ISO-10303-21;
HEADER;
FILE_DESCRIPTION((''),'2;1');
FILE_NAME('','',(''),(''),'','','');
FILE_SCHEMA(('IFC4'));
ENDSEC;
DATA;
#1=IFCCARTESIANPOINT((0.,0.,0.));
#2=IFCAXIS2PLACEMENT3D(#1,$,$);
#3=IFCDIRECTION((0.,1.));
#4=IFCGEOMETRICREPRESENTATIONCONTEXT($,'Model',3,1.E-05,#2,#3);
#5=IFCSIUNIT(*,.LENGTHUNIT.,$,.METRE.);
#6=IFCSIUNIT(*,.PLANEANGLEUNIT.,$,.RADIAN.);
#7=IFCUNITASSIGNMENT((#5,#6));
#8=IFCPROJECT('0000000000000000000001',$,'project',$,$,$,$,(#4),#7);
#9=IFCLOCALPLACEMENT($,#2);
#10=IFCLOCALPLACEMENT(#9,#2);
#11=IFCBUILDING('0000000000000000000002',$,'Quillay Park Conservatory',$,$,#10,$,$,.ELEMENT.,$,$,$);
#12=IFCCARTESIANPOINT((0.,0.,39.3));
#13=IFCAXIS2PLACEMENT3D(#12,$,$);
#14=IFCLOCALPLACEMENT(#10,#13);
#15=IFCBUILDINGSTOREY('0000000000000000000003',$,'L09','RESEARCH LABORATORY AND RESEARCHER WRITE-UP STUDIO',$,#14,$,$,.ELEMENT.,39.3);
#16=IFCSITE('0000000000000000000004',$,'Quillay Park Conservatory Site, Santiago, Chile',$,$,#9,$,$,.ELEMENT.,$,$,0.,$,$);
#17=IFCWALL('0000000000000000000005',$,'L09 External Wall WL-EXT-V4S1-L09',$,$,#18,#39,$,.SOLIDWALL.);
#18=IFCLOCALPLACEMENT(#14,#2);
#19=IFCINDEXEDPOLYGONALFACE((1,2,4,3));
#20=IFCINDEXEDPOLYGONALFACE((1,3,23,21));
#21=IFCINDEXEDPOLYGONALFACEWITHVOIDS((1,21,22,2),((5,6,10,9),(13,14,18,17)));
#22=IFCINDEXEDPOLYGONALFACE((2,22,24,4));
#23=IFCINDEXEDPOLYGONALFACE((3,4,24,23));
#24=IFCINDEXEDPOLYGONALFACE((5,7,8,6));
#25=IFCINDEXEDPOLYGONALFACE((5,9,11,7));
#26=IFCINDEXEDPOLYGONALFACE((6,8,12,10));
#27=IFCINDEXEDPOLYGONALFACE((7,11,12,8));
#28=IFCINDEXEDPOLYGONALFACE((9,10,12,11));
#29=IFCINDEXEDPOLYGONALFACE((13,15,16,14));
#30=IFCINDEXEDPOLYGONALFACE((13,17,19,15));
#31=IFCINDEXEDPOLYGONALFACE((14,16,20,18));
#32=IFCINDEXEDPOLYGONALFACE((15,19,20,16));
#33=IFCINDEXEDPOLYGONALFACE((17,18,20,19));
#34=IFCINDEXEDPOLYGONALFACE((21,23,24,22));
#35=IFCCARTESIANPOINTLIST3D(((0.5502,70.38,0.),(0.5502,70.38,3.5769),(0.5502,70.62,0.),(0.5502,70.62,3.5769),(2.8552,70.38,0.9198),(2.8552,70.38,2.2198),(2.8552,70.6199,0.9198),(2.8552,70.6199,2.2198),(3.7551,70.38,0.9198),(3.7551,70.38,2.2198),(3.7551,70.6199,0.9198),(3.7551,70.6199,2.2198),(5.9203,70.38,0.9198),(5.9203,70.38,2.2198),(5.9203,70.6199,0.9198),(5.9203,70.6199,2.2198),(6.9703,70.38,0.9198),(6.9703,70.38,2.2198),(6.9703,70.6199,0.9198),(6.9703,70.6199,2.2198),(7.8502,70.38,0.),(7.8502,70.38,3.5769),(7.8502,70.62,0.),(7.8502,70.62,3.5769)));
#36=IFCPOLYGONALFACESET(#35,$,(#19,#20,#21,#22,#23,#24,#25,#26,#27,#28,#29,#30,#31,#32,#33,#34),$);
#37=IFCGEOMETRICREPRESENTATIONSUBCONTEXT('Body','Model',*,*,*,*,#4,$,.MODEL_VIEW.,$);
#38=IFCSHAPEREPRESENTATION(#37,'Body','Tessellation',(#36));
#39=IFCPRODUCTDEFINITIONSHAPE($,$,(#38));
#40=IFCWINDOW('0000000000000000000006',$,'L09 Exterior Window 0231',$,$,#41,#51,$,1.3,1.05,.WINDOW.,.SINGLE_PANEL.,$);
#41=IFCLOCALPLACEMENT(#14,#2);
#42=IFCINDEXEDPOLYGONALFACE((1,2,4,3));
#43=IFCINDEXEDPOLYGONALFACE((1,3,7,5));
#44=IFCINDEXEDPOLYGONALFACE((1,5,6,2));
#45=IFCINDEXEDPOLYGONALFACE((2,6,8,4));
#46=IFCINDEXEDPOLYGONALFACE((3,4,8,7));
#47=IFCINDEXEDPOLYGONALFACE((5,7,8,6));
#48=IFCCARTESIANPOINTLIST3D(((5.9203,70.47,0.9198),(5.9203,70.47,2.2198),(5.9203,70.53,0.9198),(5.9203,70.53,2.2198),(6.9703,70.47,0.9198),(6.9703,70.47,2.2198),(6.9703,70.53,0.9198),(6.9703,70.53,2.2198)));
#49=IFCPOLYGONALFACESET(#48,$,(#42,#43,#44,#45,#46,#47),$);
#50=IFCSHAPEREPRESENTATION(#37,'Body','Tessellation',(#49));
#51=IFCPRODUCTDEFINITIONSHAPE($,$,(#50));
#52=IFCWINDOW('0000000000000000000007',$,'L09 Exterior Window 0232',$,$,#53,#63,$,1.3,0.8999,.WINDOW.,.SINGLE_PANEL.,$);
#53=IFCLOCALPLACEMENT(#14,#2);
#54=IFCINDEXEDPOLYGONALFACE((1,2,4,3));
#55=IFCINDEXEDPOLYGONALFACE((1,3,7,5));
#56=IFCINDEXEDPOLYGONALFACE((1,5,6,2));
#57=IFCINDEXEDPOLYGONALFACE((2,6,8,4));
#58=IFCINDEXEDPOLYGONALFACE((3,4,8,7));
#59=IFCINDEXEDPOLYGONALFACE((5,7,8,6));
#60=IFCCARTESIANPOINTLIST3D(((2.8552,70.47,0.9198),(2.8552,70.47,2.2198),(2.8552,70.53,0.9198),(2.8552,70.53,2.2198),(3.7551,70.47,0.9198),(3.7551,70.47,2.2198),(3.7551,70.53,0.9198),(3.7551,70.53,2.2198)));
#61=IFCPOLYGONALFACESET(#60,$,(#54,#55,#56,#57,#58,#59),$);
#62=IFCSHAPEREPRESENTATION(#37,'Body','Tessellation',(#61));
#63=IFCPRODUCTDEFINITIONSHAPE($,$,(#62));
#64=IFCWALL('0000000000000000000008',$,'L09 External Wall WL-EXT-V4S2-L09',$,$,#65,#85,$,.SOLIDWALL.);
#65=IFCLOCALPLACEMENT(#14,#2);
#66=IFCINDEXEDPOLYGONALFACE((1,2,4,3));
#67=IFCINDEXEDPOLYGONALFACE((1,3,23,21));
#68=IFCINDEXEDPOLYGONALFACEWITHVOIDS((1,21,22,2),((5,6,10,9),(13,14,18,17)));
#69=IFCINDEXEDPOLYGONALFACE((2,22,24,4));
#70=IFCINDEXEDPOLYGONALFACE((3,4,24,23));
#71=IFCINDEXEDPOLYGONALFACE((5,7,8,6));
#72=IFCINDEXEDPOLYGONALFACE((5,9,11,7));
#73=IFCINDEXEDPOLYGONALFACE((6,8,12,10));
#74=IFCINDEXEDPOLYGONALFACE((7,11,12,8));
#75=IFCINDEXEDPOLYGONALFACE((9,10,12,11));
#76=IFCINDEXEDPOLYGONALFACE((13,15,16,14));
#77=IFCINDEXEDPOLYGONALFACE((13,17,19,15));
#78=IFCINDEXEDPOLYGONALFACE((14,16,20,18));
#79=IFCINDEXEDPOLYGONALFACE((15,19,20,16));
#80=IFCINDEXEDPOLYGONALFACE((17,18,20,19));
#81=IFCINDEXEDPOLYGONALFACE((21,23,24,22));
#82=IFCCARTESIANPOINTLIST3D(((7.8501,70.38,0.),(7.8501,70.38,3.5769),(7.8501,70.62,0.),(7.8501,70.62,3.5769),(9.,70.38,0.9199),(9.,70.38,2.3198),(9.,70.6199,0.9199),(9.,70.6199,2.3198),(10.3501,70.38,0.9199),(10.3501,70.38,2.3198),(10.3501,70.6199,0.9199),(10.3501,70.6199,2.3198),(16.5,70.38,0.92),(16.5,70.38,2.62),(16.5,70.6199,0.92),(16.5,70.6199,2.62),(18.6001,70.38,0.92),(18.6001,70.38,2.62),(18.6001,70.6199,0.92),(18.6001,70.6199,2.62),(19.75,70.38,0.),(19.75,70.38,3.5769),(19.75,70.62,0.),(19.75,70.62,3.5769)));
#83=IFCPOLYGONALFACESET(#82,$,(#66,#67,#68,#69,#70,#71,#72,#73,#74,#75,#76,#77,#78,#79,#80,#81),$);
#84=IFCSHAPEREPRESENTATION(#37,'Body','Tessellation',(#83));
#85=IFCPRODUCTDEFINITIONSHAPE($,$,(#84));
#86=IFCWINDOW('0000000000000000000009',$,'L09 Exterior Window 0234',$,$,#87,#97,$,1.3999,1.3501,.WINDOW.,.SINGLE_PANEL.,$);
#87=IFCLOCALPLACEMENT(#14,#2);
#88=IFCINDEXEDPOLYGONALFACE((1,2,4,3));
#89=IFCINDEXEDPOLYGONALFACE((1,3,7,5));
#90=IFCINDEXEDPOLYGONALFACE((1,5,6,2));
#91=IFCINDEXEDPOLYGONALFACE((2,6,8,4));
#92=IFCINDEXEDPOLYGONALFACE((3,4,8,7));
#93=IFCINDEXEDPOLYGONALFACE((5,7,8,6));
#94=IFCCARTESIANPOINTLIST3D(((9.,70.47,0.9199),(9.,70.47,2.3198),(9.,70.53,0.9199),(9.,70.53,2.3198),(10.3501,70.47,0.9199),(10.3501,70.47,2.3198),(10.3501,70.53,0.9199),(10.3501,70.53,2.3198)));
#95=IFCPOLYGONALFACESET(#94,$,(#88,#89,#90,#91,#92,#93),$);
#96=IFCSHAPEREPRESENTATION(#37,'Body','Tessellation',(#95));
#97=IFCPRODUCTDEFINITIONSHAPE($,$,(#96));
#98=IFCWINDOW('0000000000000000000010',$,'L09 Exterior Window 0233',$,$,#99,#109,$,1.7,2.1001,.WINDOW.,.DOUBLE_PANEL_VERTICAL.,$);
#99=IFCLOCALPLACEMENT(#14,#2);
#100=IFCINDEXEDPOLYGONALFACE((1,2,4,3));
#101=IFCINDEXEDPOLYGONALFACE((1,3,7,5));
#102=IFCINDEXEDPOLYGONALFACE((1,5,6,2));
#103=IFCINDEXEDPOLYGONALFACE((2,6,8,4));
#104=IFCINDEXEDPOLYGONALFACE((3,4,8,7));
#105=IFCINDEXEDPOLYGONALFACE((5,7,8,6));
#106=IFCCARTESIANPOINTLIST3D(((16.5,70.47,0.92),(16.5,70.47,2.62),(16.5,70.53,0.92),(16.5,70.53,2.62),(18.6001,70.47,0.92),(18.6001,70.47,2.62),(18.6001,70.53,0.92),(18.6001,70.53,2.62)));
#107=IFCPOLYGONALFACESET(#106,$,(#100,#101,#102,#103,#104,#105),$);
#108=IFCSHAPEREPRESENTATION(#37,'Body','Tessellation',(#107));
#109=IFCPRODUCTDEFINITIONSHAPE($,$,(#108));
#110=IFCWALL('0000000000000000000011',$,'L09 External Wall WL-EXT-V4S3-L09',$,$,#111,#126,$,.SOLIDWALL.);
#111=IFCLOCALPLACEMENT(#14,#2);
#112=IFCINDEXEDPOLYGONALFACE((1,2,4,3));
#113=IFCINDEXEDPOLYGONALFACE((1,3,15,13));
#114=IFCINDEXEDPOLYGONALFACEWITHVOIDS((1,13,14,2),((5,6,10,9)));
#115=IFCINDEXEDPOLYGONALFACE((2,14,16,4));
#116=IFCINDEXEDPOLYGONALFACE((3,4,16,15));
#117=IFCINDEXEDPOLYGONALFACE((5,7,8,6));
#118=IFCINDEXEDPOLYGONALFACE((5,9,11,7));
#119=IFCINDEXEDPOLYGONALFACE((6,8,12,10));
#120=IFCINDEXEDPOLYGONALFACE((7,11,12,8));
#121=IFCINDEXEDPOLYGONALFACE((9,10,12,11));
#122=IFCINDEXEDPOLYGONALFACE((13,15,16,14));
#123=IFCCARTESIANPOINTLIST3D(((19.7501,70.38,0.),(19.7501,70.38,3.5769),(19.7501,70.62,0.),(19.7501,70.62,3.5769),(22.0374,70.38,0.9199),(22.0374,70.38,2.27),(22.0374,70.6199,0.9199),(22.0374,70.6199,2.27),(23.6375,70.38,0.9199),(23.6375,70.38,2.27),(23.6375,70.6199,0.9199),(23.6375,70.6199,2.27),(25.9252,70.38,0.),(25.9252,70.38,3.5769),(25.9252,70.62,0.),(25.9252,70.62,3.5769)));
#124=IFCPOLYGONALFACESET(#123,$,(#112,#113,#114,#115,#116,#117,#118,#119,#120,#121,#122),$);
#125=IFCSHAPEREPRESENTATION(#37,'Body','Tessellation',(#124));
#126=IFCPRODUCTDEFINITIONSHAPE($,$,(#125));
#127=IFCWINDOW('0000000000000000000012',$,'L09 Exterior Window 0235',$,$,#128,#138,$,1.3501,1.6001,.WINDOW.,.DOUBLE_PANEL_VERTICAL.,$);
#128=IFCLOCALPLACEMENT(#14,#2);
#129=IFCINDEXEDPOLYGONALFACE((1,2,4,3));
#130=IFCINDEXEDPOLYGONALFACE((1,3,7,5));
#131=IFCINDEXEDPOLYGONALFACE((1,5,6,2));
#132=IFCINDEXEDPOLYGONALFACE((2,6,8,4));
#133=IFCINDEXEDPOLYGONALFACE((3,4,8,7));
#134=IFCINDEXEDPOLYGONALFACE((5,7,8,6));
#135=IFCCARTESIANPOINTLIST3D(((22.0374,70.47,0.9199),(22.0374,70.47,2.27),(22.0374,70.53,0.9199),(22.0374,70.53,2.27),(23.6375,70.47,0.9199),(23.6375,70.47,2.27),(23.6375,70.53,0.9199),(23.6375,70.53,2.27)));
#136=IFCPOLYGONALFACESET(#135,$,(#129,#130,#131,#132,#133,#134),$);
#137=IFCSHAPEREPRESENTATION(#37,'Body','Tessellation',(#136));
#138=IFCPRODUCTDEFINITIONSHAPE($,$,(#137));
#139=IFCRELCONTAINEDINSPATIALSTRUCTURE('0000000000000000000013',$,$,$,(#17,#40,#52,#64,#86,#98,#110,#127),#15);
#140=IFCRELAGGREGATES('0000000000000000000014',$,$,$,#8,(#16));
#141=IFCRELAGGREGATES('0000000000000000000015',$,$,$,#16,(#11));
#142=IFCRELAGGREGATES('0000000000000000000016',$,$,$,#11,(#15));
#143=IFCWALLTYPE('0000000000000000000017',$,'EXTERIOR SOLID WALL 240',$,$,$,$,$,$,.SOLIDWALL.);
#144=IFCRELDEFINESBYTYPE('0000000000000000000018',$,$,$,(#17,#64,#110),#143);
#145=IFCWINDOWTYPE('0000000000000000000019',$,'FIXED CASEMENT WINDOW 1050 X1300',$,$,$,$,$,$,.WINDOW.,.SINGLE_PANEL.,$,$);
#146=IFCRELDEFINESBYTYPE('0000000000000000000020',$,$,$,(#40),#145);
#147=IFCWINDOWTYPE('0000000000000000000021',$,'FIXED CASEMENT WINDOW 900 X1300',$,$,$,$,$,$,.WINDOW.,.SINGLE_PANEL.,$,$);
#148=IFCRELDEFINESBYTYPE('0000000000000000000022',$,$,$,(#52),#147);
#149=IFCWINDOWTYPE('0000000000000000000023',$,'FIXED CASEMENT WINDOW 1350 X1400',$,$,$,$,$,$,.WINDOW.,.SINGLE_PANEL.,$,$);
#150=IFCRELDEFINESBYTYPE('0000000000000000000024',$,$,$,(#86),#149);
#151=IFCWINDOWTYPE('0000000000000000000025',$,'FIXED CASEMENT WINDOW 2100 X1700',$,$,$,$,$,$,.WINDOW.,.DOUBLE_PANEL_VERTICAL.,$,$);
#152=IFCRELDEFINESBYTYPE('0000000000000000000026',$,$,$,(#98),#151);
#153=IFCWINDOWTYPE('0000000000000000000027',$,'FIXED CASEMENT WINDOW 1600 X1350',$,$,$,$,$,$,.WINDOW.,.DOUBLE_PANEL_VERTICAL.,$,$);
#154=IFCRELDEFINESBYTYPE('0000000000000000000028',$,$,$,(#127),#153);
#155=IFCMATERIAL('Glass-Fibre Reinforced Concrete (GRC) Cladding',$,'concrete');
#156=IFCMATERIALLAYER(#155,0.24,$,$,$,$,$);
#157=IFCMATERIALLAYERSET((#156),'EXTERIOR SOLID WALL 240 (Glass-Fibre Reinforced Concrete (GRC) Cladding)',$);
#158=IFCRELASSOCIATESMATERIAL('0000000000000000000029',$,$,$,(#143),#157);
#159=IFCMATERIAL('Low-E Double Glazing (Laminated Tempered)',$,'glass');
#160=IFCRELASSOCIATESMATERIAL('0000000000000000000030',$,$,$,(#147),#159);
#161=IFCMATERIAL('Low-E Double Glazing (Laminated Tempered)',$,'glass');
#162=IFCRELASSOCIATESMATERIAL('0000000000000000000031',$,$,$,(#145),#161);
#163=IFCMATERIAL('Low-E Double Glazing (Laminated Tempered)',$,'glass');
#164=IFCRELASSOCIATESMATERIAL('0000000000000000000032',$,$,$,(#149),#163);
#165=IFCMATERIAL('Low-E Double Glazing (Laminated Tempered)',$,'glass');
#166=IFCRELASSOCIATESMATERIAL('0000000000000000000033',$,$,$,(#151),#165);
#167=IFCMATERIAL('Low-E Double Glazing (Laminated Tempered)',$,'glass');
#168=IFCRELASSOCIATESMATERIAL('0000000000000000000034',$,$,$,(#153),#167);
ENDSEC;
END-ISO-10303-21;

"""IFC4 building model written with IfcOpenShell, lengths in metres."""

from ifc_helpers import new_model, si_unit, direction, frame, frame_2d, origin, place, context, subcontext, project, spatial, rectangle, extrude, material, layer, layer_set, type_object, element, fill, save


model = new_model("IFC4")

# Units and contexts
model_context = context("Model", 3, precision=1e-05, world=origin(), true_north=direction((0.0, 1.0)))
body_context = subcontext(model_context, "Body", "Model", "MODEL_VIEW")
ifc_project = project(units=[si_unit("LENGTHUNIT", "METRE"), si_unit("PLANEANGLEUNIT", "RADIAN")], contexts=[model_context])

# Site, building, storey
site_placement = place(None, origin())
site = spatial("IfcSite", under=ifc_project, at=site_placement, Name="Quillay Park Conservatory Site, Santiago, Chile", CompositionType="ELEMENT", RefElevation=0.0)
building_placement = place(site_placement, origin())
building = spatial("IfcBuilding", under=site, at=building_placement, Name="Quillay Park Conservatory", CompositionType="ELEMENT")
storey_placement = place(building_placement, frame((0.0, 0.0, 39.3)))
storey = spatial("IfcBuildingStorey", under=building, at=storey_placement, Name="L09", Description="RESEARCH LABORATORY AND RESEARCHER WRITE-UP STUDIO", CompositionType="ELEMENT", Elevation=39.3)

# Walls, openings, windows
ifc_material_1 = material(Name="Glass-Fibre Reinforced Concrete (GRC) Cladding", Category="concrete")
ifc_layer_1 = layer(ifc_material_1, 0.24)
ifc_layer_set_1 = layer_set([ifc_layer_1], Name="EXTERIOR SOLID WALL 240 (Glass-Fibre Reinforced Concrete (GRC) Cladding)")
wall_type_1 = type_object("IfcWallType", Name="EXTERIOR SOLID WALL 240", PredefinedType="SOLIDWALL", material=ifc_layer_set_1)
ifc_material_2 = material(Name="Low-E Double Glazing (Laminated Tempered)", Category="glass")
window_type_1 = type_object("IfcWindowType", Name="FIXED CASEMENT WINDOW 900 X1300", PartitioningType="SINGLE_PANEL", PredefinedType="WINDOW", material=ifc_material_2)
wall_1_placement = place(storey_placement, frame((7.8501, 70.5, 0.0), z_axis=(0.0, 0.0, 1.0), x_axis=(-1.0, 0.0, 0.0)))
wall_1 = element("IfcWall", 1, at=wall_1_placement, inside=storey, type_object=wall_type_1, Name="L09 External Wall WL-EXT-V4S1-L09", PredefinedType="SOLIDWALL", context=body_context, shape_type="SweptSolid", body=[
    extrude(rectangle(XDim=7.3, YDim=0.24, at=frame_2d((3.6499, 0.0))), origin(), (0.0, 0.0, 1.0), 3.5769),
])
opening_1_placement = place(wall_1_placement, frame((0.8799, 0.0, 0.9199)))
opening_1 = element("IfcOpeningElement", 2, at=opening_1_placement, cuts=wall_1, PredefinedType="OPENING", context=body_context, shape_type="SweptSolid", body=[
    extrude(rectangle(XDim=1.05, YDim=1.3, at=frame_2d((0.5249, 0.6499))), frame((0.0, 0.1201, 0.0), z_axis=(0.0, -1.0, 0.0), x_axis=(1.0, 0.0, 0.0)), (0.0, 0.0, 1.0), 0.24),
])
opening_2_placement = place(wall_1_placement, frame((4.095, 0.0, 0.9199)))
opening_2 = element("IfcOpeningElement", 3, at=opening_2_placement, cuts=wall_1, PredefinedType="OPENING", context=body_context, shape_type="SweptSolid", body=[
    extrude(rectangle(XDim=0.8999, YDim=1.3, at=frame_2d((0.45, 0.6499))), frame((0.0, 0.1201, 0.0), z_axis=(0.0, -1.0, 0.0), x_axis=(1.0, 0.0, 0.0)), (0.0, 0.0, 1.0), 0.24),
])
ifc_material_3 = material(Name="Low-E Double Glazing (Laminated Tempered)", Category="glass")
window_type_2 = type_object("IfcWindowType", Name="FIXED CASEMENT WINDOW 1050 X1300", PartitioningType="SINGLE_PANEL", PredefinedType="WINDOW", material=ifc_material_3)
window_1_placement = place(opening_1_placement, origin())
window_1 = element("IfcWindow", 4, at=window_1_placement, inside=storey, type_object=window_type_2, Name="L09 Exterior Window 0231", OverallHeight=1.3, OverallWidth=1.05, PartitioningType="SINGLE_PANEL", PredefinedType="WINDOW", context=body_context, shape_type="SweptSolid", body=[
    extrude(rectangle(XDim=1.05, YDim=1.3, at=frame_2d((0.5249, 0.6499))), frame((0.0, 0.03, 0.0), z_axis=(0.0, -1.0, 0.0), x_axis=(1.0, 0.0, 0.0)), (0.0, 0.0, 1.0), 0.0601),
])
fill(opening_1, window_1)
window_2_placement = place(opening_2_placement, origin())
window_2 = element("IfcWindow", 5, at=window_2_placement, inside=storey, type_object=window_type_1, Name="L09 Exterior Window 0232", OverallHeight=1.3, OverallWidth=0.8999, PartitioningType="SINGLE_PANEL", PredefinedType="WINDOW", context=body_context, shape_type="SweptSolid", body=[
    extrude(rectangle(XDim=0.8999, YDim=1.3, at=frame_2d((0.45, 0.6499))), frame((0.0, 0.03, 0.0), z_axis=(0.0, -1.0, 0.0), x_axis=(1.0, 0.0, 0.0)), (0.0, 0.0, 1.0), 0.0601),
])
fill(opening_2, window_2)
wall_2_placement = place(storey_placement, frame((19.75, 70.5, 0.0), z_axis=(0.0, 0.0, 1.0), x_axis=(-1.0, 0.0, 0.0)))
wall_2 = element("IfcWall", 6, at=wall_2_placement, inside=storey, type_object=wall_type_1, Name="L09 External Wall WL-EXT-V4S2-L09", PredefinedType="SOLIDWALL", context=body_context, shape_type="SweptSolid", body=[
    extrude(rectangle(XDim=11.8999, YDim=0.24, at=frame_2d((5.95, 0.0))), origin(), (0.0, 0.0, 1.0), 3.5769),
])
opening_3_placement = place(wall_2_placement, frame((1.1499, 0.0, 0.9199)))
opening_3 = element("IfcOpeningElement", 7, at=opening_3_placement, cuts=wall_2, PredefinedType="OPENING", context=body_context, shape_type="SweptSolid", body=[
    extrude(rectangle(XDim=2.1001, YDim=1.7, at=frame_2d((1.05, 0.8501))), frame((0.0, 0.1201, 0.0), z_axis=(0.0, -1.0, 0.0), x_axis=(1.0, 0.0, 0.0)), (0.0, 0.0, 1.0), 0.24),
])
opening_4_placement = place(wall_2_placement, frame((9.3999, 0.0, 0.9199)))
opening_4 = element("IfcOpeningElement", 8, at=opening_4_placement, cuts=wall_2, PredefinedType="OPENING", context=body_context, shape_type="SweptSolid", body=[
    extrude(rectangle(XDim=1.3501, YDim=1.3999, at=frame_2d((0.675, 0.7))), frame((0.0, 0.1201, 0.0), z_axis=(0.0, -1.0, 0.0), x_axis=(1.0, 0.0, 0.0)), (0.0, 0.0, 1.0), 0.24),
])
ifc_material_4 = material(Name="Low-E Double Glazing (Laminated Tempered)", Category="glass")
window_type_3 = type_object("IfcWindowType", Name="FIXED CASEMENT WINDOW 1350 X1400", PartitioningType="SINGLE_PANEL", PredefinedType="WINDOW", material=ifc_material_4)
window_3_placement = place(opening_4_placement, origin())
window_3 = element("IfcWindow", 9, at=window_3_placement, inside=storey, type_object=window_type_3, Name="L09 Exterior Window 0234", OverallHeight=1.3999, OverallWidth=1.3501, PartitioningType="SINGLE_PANEL", PredefinedType="WINDOW", context=body_context, shape_type="SweptSolid", body=[
    extrude(rectangle(XDim=1.3501, YDim=1.3999, at=frame_2d((0.675, 0.7))), frame((0.0, 0.03, 0.0), z_axis=(0.0, -1.0, 0.0), x_axis=(1.0, 0.0, 0.0)), (0.0, 0.0, 1.0), 0.0601),
])
fill(opening_4, window_3)
ifc_material_5 = material(Name="Low-E Double Glazing (Laminated Tempered)", Category="glass")
window_type_4 = type_object("IfcWindowType", Name="FIXED CASEMENT WINDOW 2100 X1700", PartitioningType="DOUBLE_PANEL_VERTICAL", PredefinedType="WINDOW", material=ifc_material_5)
window_4_placement = place(opening_3_placement, origin())
window_4 = element("IfcWindow", 10, at=window_4_placement, inside=storey, type_object=window_type_4, Name="L09 Exterior Window 0233", OverallHeight=1.7, OverallWidth=2.1001, PartitioningType="DOUBLE_PANEL_VERTICAL", PredefinedType="WINDOW", context=body_context, shape_type="SweptSolid", body=[
    extrude(rectangle(XDim=2.1001, YDim=1.7, at=frame_2d((1.05, 0.8501))), frame((0.0, 0.03, 0.0), z_axis=(0.0, -1.0, 0.0), x_axis=(1.0, 0.0, 0.0)), (0.0, 0.0, 1.0), 0.0601),
])
fill(opening_3, window_4)

# Wall, opening, window
wall_3_placement = place(storey_placement, frame((25.925, 70.5, 0.0), z_axis=(0.0, 0.0, 1.0), x_axis=(-1.0, 0.0, 0.0)))
wall_3 = element("IfcWall", 11, at=wall_3_placement, inside=storey, type_object=wall_type_1, Name="L09 External Wall WL-EXT-V4S3-L09", PredefinedType="SOLIDWALL", context=body_context, shape_type="SweptSolid", body=[
    extrude(rectangle(XDim=6.175, YDim=0.24, at=frame_2d((3.0874, 0.0))), origin(), (0.0, 0.0, 1.0), 3.5769),
])
opening_5_placement = place(wall_3_placement, frame((2.2876, 0.0, 0.9199)))
opening_5 = element("IfcOpeningElement", 12, at=opening_5_placement, cuts=wall_3, PredefinedType="OPENING", context=body_context, shape_type="SweptSolid", body=[
    extrude(rectangle(XDim=1.6001, YDim=1.3501, at=frame_2d((0.8, 0.675))), frame((0.0, 0.1201, 0.0), z_axis=(0.0, -1.0, 0.0), x_axis=(1.0, 0.0, 0.0)), (0.0, 0.0, 1.0), 0.24),
])
ifc_material_6 = material(Name="Low-E Double Glazing (Laminated Tempered)", Category="glass")
window_type_5 = type_object("IfcWindowType", Name="FIXED CASEMENT WINDOW 1600 X1350", PartitioningType="DOUBLE_PANEL_VERTICAL", PredefinedType="WINDOW", material=ifc_material_6)
window_5_placement = place(opening_5_placement, origin())
window_5 = element("IfcWindow", 13, at=window_5_placement, inside=storey, type_object=window_type_5, Name="L09 Exterior Window 0235", OverallHeight=1.3501, OverallWidth=1.6001, PartitioningType="DOUBLE_PANEL_VERTICAL", PredefinedType="WINDOW", context=body_context, shape_type="SweptSolid", body=[
    extrude(rectangle(XDim=1.6001, YDim=1.3501, at=frame_2d((0.8, 0.675))), frame((0.0, 0.03, 0.0), z_axis=(0.0, -1.0, 0.0), x_axis=(1.0, 0.0, 0.0)), (0.0, 0.0, 1.0), 0.0601),
])
fill(opening_5, window_5)

save(model, "model.ifc")
